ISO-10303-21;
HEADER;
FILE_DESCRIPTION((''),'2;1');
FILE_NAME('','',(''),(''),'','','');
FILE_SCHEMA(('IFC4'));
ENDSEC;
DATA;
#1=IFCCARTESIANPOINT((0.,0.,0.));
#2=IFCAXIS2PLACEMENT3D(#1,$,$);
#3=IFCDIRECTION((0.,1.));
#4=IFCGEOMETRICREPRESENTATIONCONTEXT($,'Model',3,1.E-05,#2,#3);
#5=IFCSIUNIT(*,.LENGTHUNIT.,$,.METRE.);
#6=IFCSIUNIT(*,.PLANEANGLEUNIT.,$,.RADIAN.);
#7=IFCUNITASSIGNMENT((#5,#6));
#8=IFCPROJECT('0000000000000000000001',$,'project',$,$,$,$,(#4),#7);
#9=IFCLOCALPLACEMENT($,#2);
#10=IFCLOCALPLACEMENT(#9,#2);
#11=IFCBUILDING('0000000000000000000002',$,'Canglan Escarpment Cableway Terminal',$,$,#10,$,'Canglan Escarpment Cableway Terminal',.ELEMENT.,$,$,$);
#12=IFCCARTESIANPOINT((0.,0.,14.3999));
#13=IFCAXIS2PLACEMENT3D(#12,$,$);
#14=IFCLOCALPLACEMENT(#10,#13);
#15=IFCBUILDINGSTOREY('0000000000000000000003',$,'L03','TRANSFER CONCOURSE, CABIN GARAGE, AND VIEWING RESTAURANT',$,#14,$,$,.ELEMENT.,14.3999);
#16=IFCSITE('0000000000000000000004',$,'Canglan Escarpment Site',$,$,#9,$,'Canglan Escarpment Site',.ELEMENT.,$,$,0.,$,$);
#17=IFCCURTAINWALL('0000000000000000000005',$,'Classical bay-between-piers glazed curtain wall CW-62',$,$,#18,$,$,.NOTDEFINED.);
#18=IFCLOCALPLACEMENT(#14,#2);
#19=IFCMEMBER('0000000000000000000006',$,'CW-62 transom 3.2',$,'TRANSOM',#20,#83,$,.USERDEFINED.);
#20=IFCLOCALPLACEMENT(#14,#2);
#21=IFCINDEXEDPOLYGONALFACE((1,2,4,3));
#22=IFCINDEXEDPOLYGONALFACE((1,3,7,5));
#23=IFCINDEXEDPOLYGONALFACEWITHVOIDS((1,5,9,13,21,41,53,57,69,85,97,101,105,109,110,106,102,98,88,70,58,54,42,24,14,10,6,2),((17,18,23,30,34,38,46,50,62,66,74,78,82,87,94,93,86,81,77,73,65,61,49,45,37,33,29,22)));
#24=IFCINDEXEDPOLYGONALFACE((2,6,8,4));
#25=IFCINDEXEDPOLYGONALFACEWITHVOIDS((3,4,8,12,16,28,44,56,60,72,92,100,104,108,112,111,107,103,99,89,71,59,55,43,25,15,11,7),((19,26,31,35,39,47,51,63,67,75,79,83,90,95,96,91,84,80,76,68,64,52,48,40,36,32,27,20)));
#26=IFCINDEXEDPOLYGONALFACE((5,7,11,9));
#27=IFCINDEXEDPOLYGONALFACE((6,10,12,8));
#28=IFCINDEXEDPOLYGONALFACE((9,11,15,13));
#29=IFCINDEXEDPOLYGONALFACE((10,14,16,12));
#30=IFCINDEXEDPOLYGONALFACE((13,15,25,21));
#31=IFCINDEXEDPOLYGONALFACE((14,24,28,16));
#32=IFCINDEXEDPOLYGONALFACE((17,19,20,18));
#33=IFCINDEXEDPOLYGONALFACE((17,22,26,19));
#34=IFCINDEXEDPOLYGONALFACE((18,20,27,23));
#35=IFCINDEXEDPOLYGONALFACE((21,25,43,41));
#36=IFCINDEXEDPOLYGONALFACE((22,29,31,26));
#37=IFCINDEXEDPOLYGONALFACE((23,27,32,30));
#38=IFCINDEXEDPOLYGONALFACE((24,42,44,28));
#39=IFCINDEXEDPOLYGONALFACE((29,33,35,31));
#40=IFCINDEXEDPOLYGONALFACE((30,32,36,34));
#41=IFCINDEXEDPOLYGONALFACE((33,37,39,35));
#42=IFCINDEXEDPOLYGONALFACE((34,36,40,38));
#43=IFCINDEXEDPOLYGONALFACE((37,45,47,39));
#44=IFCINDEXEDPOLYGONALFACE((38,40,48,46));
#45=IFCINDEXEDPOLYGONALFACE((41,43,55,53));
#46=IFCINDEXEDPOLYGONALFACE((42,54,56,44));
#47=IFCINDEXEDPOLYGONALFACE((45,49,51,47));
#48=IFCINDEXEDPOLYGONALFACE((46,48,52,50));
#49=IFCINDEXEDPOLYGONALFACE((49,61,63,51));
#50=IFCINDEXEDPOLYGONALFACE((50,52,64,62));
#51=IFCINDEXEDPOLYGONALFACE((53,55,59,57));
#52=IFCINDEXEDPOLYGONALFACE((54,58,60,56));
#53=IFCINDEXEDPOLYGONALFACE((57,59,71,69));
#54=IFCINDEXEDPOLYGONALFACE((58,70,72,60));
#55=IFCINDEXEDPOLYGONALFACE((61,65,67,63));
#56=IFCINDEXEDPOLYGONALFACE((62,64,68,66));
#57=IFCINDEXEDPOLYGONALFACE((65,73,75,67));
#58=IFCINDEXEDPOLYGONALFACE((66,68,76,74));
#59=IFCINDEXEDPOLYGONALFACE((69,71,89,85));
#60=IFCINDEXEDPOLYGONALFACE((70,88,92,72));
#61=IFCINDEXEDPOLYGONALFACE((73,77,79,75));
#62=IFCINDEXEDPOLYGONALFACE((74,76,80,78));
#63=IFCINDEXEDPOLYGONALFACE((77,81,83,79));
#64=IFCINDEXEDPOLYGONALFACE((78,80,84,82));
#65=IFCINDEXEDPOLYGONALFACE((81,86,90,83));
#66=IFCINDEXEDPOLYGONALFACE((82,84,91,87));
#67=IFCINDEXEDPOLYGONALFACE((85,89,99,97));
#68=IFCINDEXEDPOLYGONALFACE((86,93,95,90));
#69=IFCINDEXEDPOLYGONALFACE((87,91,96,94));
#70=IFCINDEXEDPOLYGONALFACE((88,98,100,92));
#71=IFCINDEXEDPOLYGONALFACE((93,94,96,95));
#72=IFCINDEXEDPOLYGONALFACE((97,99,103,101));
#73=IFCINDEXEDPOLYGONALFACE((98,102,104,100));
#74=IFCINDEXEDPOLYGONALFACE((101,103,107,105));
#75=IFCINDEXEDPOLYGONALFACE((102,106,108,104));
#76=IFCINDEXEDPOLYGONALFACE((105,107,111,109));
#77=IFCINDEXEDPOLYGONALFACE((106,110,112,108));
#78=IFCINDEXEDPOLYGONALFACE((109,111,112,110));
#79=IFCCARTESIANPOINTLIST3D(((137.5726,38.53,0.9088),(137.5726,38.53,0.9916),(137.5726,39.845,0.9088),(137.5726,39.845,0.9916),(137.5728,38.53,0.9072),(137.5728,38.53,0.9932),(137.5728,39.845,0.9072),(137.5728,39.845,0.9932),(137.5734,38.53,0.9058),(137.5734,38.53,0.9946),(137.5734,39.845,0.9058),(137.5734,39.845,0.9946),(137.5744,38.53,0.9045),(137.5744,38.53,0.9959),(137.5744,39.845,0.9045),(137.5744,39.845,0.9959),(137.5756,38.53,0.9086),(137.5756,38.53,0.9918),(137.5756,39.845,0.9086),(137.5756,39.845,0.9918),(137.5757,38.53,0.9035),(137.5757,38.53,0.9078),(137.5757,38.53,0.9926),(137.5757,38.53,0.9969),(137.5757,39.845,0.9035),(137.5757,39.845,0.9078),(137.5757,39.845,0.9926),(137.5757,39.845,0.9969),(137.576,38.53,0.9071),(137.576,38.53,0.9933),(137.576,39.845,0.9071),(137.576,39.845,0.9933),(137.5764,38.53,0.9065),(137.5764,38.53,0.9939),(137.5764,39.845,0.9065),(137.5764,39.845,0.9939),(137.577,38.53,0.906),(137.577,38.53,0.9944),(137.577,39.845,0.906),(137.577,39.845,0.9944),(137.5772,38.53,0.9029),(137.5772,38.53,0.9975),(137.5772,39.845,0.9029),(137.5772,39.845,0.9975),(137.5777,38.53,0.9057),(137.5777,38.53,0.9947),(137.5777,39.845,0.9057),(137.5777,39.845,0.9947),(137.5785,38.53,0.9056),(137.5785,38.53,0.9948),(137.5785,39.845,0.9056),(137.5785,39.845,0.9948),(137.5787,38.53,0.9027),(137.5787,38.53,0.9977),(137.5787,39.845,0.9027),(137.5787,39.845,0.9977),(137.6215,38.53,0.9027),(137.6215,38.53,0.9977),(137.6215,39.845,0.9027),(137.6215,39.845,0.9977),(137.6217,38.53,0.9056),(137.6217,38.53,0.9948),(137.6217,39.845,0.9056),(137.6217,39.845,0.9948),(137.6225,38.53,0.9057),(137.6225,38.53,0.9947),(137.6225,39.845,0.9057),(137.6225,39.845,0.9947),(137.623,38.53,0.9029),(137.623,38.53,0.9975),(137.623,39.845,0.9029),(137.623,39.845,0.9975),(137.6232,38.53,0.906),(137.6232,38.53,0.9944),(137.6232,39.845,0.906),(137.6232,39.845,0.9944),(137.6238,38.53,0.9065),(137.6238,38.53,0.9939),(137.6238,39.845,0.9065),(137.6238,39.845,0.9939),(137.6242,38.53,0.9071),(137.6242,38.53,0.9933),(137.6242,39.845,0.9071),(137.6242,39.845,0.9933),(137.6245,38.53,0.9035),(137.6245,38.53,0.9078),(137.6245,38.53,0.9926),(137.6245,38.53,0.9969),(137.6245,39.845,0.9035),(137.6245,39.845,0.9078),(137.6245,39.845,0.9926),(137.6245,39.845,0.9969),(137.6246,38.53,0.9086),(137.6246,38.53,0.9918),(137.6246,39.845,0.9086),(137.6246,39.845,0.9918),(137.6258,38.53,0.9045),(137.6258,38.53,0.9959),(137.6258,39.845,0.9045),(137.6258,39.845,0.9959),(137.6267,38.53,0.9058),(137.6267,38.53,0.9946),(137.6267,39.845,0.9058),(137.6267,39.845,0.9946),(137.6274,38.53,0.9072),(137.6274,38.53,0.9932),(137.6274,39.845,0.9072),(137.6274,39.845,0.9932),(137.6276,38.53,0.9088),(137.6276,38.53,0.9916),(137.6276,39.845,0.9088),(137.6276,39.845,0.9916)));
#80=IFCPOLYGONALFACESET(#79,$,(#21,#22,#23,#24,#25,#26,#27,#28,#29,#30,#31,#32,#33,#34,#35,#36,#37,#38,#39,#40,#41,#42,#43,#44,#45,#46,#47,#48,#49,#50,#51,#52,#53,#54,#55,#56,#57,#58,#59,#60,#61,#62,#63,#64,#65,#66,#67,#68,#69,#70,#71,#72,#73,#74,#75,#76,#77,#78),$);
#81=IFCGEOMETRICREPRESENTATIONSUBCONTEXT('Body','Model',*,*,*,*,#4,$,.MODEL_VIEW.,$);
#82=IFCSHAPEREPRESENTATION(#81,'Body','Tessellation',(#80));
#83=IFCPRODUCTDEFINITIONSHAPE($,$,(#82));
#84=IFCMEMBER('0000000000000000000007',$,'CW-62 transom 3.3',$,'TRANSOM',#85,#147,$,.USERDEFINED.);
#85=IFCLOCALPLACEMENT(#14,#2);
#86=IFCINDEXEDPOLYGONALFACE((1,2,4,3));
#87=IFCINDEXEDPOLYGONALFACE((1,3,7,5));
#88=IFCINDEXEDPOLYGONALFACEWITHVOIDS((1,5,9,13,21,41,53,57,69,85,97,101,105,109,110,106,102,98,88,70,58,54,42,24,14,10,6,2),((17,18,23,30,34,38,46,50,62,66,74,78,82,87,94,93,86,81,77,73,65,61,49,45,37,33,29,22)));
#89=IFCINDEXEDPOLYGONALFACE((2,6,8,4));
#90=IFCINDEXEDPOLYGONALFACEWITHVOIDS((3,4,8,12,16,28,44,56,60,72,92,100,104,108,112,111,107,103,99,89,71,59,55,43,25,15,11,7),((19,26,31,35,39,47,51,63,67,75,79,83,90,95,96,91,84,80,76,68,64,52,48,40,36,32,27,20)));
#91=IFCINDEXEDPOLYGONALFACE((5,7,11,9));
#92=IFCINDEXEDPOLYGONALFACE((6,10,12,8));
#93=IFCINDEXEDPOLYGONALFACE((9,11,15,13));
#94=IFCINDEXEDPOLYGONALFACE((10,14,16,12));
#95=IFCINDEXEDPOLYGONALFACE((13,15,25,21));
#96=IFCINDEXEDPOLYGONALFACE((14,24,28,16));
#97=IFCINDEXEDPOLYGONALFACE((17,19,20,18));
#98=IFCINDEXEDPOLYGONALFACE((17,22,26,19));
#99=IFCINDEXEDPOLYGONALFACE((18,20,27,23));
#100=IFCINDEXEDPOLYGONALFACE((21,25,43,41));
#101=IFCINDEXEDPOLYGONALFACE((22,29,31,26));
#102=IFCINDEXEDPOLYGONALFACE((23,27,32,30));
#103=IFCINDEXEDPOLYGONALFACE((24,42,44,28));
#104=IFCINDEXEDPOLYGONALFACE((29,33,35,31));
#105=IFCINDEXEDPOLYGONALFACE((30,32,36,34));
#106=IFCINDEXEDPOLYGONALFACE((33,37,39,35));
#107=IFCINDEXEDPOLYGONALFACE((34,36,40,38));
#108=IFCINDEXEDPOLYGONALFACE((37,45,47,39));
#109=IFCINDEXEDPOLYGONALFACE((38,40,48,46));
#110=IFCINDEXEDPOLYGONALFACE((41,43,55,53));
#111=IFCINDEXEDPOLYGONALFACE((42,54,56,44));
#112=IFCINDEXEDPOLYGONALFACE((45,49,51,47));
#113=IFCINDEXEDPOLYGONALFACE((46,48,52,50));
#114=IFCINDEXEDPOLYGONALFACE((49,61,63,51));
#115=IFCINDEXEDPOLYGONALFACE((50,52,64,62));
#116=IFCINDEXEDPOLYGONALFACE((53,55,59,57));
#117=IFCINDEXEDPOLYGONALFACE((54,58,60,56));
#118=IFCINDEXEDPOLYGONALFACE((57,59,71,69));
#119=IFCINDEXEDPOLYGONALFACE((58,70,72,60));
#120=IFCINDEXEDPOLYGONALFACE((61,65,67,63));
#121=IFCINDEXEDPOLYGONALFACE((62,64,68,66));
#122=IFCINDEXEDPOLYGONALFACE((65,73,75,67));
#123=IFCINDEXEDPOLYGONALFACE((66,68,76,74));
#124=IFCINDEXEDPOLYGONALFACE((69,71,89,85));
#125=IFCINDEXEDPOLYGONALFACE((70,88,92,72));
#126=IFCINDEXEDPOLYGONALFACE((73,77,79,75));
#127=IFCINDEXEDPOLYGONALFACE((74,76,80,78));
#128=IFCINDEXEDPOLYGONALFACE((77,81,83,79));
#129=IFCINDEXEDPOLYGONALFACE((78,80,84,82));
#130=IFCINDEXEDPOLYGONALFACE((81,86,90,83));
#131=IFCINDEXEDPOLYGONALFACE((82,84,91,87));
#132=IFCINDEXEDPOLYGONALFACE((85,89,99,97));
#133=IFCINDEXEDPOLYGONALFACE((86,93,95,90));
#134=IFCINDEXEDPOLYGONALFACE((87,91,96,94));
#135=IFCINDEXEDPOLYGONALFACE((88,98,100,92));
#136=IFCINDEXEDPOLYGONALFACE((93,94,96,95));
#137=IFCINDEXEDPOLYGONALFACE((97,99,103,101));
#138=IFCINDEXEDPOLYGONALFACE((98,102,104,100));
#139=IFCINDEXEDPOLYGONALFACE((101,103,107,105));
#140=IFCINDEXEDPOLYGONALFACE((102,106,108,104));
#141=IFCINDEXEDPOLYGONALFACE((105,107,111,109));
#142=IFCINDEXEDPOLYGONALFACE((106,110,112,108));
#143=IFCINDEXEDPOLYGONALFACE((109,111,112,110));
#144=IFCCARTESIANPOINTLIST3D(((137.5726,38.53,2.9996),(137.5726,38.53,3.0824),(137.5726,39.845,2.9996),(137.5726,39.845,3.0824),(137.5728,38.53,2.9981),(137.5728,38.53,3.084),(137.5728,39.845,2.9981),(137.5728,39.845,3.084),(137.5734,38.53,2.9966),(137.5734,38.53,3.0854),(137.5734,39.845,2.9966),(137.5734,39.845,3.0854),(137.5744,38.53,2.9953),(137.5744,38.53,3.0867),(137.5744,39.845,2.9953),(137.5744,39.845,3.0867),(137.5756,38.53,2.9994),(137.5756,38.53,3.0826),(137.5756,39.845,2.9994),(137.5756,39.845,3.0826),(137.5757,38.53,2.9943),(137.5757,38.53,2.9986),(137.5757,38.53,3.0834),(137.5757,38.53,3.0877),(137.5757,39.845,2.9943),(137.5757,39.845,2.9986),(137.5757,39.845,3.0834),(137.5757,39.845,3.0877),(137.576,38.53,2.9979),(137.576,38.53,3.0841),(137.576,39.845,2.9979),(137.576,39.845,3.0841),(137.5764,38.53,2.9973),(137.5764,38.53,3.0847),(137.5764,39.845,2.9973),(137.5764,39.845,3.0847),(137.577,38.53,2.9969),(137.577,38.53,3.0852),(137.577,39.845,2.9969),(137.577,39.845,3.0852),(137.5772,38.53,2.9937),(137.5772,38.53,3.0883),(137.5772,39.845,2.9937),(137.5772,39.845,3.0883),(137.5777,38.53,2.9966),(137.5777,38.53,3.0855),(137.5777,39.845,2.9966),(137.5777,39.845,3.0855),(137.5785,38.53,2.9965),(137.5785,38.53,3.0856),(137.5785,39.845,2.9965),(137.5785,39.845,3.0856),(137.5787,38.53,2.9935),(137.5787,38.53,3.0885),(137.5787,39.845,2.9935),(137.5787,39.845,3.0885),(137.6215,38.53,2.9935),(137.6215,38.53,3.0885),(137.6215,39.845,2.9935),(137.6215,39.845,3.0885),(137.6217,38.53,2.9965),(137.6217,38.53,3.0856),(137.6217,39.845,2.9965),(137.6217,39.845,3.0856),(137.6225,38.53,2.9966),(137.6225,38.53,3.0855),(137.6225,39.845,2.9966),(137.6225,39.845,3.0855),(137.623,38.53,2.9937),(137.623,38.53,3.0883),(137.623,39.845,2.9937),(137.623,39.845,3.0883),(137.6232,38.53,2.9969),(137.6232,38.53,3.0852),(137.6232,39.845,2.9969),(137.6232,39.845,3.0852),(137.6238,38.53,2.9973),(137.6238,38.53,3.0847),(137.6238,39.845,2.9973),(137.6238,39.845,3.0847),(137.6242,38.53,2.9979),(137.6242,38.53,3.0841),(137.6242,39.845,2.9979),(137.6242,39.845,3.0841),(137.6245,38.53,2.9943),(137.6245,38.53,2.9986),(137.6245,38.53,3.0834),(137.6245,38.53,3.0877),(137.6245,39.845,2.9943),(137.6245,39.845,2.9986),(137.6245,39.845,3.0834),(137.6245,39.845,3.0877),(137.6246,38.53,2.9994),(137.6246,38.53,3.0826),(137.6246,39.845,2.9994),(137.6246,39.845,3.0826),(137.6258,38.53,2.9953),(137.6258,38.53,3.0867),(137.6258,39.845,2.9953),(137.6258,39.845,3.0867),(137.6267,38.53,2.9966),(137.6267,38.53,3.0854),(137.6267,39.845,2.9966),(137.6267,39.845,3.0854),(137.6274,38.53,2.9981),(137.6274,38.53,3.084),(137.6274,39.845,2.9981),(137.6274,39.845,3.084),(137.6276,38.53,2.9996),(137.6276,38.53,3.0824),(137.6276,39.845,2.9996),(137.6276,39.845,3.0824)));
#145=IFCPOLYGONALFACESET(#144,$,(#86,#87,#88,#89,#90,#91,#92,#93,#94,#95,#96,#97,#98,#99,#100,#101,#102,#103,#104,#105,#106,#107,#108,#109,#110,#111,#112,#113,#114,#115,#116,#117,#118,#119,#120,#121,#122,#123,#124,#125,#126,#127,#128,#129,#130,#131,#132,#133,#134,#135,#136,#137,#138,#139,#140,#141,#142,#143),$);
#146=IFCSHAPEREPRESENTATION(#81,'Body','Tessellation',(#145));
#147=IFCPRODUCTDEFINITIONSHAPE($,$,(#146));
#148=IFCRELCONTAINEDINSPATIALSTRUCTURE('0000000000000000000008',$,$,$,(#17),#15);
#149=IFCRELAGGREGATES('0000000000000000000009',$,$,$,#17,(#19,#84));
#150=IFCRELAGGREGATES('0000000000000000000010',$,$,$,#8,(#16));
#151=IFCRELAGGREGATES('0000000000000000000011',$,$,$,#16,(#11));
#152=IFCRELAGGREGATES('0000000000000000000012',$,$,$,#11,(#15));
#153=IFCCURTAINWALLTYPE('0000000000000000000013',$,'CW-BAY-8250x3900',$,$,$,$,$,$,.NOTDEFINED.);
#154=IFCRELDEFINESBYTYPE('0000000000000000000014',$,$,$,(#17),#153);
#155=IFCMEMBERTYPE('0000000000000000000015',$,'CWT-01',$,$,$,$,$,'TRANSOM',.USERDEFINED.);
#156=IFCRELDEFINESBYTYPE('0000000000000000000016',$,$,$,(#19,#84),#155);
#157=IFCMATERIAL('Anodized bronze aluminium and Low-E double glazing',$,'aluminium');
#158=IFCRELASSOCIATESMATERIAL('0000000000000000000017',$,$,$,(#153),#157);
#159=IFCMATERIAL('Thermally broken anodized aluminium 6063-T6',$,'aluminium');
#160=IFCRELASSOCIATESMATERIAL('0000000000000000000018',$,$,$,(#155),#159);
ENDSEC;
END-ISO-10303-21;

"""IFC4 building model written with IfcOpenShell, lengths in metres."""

from ifc_helpers import new_model, si_unit, direction, frame, origin, origin_2d, place, context, subcontext, project, spatial, hollow_rectangle, extrude, material, material_profile, profile_set, type_object, element, aggregate, save


model = new_model("IFC4")

# Units and contexts
model_context = context("Model", 3, precision=1e-05, world=origin(), true_north=direction((0.0, 1.0)))
body_context = subcontext(model_context, "Body", "Model", "MODEL_VIEW")
ifc_project = project(units=[si_unit("LENGTHUNIT", "METRE"), si_unit("PLANEANGLEUNIT", "RADIAN")], contexts=[model_context])

# Site, building, storey
site_placement = place(None, origin())
site = spatial("IfcSite", under=ifc_project, at=site_placement, Name="Canglan Escarpment Site", LongName="Canglan Escarpment Site", CompositionType="ELEMENT", RefElevation=0.0)
building_placement = place(site_placement, origin())
building = spatial("IfcBuilding", under=site, at=building_placement, Name="Canglan Escarpment Cableway Terminal", LongName="Canglan Escarpment Cableway Terminal", CompositionType="ELEMENT")
storey_placement = place(building_placement, frame((0.0, 0.0, 14.3999)))
storey = spatial("IfcBuildingStorey", under=building, at=storey_placement, Name="L03", Description="TRANSFER CONCOURSE, CABIN GARAGE, AND VIEWING RESTAURANT", CompositionType="ELEMENT", Elevation=14.3999)

# Curtain wall, members
ifc_material_1 = material(Name="Anodized bronze aluminium and Low-E double glazing", Category="aluminium")
curtain_wall_type = type_object("IfcCurtainWallType", Name="CW-BAY-8250x3900", PredefinedType="NOTDEFINED", material=ifc_material_1)
curtain_wall_placement = place(storey_placement, origin())
curtain_wall = element("IfcCurtainWall", 1, at=curtain_wall_placement, inside=storey, type_object=curtain_wall_type, Name="Classical bay-between-piers glazed curtain wall CW-62", PredefinedType="NOTDEFINED")
ifc_material_2 = material(Name="Thermally broken anodized aluminium 6063-T6", Category="aluminium")
ifc_material_profile_1 = material_profile(ifc_material_2, hollow_rectangle(XDim=0.0549, YDim=0.095, WallThickness=0.0029, InnerFilletRadius=0.0029, OuterFilletRadius=0.0061, at=origin_2d()), Name="ALU-TRAN 55x95x3")
ifc_profile_set_1 = profile_set([ifc_material_profile_1], Name="Thermally broken anodized aluminium 6063-T6")
member_type_1 = type_object("IfcMemberType", Name="CWT-01", ElementType="TRANSOM", PredefinedType="USERDEFINED", material=ifc_profile_set_1)
member_1_placement = place(storey_placement, frame((137.6001, 39.845, 0.9502), z_axis=(0.0, -1.0, 0.0), x_axis=(1.0, 0.0, 0.0)))
member_1 = element("IfcMember", 2, at=member_1_placement, type_object=member_type_1, Name="CW-62 transom 3.2", ObjectType="TRANSOM", PredefinedType="USERDEFINED", context=body_context, shape_type="SweptSolid", body=[
    extrude(hollow_rectangle(XDim=0.0549, YDim=0.095, WallThickness=0.0029, InnerFilletRadius=0.0029, OuterFilletRadius=0.0061, at=origin_2d()), origin(), (0.0, 0.0, 1.0), 1.3149),
])
member_2_placement = place(storey_placement, frame((137.6001, 39.845, 3.041), z_axis=(0.0, -1.0, 0.0), x_axis=(1.0, 0.0, 0.0)))
member_2 = element("IfcMember", 3, at=member_2_placement, type_object=member_type_1, Name="CW-62 transom 3.3", ObjectType="TRANSOM", PredefinedType="USERDEFINED", context=body_context, shape_type="SweptSolid", body=[
    extrude(hollow_rectangle(XDim=0.0549, YDim=0.095, WallThickness=0.0029, InnerFilletRadius=0.0029, OuterFilletRadius=0.0061, at=origin_2d()), origin(), (0.0, 0.0, 1.0), 1.3149),
])
aggregate(curtain_wall, [member_1, member_2])

save(model, "model.ifc")
